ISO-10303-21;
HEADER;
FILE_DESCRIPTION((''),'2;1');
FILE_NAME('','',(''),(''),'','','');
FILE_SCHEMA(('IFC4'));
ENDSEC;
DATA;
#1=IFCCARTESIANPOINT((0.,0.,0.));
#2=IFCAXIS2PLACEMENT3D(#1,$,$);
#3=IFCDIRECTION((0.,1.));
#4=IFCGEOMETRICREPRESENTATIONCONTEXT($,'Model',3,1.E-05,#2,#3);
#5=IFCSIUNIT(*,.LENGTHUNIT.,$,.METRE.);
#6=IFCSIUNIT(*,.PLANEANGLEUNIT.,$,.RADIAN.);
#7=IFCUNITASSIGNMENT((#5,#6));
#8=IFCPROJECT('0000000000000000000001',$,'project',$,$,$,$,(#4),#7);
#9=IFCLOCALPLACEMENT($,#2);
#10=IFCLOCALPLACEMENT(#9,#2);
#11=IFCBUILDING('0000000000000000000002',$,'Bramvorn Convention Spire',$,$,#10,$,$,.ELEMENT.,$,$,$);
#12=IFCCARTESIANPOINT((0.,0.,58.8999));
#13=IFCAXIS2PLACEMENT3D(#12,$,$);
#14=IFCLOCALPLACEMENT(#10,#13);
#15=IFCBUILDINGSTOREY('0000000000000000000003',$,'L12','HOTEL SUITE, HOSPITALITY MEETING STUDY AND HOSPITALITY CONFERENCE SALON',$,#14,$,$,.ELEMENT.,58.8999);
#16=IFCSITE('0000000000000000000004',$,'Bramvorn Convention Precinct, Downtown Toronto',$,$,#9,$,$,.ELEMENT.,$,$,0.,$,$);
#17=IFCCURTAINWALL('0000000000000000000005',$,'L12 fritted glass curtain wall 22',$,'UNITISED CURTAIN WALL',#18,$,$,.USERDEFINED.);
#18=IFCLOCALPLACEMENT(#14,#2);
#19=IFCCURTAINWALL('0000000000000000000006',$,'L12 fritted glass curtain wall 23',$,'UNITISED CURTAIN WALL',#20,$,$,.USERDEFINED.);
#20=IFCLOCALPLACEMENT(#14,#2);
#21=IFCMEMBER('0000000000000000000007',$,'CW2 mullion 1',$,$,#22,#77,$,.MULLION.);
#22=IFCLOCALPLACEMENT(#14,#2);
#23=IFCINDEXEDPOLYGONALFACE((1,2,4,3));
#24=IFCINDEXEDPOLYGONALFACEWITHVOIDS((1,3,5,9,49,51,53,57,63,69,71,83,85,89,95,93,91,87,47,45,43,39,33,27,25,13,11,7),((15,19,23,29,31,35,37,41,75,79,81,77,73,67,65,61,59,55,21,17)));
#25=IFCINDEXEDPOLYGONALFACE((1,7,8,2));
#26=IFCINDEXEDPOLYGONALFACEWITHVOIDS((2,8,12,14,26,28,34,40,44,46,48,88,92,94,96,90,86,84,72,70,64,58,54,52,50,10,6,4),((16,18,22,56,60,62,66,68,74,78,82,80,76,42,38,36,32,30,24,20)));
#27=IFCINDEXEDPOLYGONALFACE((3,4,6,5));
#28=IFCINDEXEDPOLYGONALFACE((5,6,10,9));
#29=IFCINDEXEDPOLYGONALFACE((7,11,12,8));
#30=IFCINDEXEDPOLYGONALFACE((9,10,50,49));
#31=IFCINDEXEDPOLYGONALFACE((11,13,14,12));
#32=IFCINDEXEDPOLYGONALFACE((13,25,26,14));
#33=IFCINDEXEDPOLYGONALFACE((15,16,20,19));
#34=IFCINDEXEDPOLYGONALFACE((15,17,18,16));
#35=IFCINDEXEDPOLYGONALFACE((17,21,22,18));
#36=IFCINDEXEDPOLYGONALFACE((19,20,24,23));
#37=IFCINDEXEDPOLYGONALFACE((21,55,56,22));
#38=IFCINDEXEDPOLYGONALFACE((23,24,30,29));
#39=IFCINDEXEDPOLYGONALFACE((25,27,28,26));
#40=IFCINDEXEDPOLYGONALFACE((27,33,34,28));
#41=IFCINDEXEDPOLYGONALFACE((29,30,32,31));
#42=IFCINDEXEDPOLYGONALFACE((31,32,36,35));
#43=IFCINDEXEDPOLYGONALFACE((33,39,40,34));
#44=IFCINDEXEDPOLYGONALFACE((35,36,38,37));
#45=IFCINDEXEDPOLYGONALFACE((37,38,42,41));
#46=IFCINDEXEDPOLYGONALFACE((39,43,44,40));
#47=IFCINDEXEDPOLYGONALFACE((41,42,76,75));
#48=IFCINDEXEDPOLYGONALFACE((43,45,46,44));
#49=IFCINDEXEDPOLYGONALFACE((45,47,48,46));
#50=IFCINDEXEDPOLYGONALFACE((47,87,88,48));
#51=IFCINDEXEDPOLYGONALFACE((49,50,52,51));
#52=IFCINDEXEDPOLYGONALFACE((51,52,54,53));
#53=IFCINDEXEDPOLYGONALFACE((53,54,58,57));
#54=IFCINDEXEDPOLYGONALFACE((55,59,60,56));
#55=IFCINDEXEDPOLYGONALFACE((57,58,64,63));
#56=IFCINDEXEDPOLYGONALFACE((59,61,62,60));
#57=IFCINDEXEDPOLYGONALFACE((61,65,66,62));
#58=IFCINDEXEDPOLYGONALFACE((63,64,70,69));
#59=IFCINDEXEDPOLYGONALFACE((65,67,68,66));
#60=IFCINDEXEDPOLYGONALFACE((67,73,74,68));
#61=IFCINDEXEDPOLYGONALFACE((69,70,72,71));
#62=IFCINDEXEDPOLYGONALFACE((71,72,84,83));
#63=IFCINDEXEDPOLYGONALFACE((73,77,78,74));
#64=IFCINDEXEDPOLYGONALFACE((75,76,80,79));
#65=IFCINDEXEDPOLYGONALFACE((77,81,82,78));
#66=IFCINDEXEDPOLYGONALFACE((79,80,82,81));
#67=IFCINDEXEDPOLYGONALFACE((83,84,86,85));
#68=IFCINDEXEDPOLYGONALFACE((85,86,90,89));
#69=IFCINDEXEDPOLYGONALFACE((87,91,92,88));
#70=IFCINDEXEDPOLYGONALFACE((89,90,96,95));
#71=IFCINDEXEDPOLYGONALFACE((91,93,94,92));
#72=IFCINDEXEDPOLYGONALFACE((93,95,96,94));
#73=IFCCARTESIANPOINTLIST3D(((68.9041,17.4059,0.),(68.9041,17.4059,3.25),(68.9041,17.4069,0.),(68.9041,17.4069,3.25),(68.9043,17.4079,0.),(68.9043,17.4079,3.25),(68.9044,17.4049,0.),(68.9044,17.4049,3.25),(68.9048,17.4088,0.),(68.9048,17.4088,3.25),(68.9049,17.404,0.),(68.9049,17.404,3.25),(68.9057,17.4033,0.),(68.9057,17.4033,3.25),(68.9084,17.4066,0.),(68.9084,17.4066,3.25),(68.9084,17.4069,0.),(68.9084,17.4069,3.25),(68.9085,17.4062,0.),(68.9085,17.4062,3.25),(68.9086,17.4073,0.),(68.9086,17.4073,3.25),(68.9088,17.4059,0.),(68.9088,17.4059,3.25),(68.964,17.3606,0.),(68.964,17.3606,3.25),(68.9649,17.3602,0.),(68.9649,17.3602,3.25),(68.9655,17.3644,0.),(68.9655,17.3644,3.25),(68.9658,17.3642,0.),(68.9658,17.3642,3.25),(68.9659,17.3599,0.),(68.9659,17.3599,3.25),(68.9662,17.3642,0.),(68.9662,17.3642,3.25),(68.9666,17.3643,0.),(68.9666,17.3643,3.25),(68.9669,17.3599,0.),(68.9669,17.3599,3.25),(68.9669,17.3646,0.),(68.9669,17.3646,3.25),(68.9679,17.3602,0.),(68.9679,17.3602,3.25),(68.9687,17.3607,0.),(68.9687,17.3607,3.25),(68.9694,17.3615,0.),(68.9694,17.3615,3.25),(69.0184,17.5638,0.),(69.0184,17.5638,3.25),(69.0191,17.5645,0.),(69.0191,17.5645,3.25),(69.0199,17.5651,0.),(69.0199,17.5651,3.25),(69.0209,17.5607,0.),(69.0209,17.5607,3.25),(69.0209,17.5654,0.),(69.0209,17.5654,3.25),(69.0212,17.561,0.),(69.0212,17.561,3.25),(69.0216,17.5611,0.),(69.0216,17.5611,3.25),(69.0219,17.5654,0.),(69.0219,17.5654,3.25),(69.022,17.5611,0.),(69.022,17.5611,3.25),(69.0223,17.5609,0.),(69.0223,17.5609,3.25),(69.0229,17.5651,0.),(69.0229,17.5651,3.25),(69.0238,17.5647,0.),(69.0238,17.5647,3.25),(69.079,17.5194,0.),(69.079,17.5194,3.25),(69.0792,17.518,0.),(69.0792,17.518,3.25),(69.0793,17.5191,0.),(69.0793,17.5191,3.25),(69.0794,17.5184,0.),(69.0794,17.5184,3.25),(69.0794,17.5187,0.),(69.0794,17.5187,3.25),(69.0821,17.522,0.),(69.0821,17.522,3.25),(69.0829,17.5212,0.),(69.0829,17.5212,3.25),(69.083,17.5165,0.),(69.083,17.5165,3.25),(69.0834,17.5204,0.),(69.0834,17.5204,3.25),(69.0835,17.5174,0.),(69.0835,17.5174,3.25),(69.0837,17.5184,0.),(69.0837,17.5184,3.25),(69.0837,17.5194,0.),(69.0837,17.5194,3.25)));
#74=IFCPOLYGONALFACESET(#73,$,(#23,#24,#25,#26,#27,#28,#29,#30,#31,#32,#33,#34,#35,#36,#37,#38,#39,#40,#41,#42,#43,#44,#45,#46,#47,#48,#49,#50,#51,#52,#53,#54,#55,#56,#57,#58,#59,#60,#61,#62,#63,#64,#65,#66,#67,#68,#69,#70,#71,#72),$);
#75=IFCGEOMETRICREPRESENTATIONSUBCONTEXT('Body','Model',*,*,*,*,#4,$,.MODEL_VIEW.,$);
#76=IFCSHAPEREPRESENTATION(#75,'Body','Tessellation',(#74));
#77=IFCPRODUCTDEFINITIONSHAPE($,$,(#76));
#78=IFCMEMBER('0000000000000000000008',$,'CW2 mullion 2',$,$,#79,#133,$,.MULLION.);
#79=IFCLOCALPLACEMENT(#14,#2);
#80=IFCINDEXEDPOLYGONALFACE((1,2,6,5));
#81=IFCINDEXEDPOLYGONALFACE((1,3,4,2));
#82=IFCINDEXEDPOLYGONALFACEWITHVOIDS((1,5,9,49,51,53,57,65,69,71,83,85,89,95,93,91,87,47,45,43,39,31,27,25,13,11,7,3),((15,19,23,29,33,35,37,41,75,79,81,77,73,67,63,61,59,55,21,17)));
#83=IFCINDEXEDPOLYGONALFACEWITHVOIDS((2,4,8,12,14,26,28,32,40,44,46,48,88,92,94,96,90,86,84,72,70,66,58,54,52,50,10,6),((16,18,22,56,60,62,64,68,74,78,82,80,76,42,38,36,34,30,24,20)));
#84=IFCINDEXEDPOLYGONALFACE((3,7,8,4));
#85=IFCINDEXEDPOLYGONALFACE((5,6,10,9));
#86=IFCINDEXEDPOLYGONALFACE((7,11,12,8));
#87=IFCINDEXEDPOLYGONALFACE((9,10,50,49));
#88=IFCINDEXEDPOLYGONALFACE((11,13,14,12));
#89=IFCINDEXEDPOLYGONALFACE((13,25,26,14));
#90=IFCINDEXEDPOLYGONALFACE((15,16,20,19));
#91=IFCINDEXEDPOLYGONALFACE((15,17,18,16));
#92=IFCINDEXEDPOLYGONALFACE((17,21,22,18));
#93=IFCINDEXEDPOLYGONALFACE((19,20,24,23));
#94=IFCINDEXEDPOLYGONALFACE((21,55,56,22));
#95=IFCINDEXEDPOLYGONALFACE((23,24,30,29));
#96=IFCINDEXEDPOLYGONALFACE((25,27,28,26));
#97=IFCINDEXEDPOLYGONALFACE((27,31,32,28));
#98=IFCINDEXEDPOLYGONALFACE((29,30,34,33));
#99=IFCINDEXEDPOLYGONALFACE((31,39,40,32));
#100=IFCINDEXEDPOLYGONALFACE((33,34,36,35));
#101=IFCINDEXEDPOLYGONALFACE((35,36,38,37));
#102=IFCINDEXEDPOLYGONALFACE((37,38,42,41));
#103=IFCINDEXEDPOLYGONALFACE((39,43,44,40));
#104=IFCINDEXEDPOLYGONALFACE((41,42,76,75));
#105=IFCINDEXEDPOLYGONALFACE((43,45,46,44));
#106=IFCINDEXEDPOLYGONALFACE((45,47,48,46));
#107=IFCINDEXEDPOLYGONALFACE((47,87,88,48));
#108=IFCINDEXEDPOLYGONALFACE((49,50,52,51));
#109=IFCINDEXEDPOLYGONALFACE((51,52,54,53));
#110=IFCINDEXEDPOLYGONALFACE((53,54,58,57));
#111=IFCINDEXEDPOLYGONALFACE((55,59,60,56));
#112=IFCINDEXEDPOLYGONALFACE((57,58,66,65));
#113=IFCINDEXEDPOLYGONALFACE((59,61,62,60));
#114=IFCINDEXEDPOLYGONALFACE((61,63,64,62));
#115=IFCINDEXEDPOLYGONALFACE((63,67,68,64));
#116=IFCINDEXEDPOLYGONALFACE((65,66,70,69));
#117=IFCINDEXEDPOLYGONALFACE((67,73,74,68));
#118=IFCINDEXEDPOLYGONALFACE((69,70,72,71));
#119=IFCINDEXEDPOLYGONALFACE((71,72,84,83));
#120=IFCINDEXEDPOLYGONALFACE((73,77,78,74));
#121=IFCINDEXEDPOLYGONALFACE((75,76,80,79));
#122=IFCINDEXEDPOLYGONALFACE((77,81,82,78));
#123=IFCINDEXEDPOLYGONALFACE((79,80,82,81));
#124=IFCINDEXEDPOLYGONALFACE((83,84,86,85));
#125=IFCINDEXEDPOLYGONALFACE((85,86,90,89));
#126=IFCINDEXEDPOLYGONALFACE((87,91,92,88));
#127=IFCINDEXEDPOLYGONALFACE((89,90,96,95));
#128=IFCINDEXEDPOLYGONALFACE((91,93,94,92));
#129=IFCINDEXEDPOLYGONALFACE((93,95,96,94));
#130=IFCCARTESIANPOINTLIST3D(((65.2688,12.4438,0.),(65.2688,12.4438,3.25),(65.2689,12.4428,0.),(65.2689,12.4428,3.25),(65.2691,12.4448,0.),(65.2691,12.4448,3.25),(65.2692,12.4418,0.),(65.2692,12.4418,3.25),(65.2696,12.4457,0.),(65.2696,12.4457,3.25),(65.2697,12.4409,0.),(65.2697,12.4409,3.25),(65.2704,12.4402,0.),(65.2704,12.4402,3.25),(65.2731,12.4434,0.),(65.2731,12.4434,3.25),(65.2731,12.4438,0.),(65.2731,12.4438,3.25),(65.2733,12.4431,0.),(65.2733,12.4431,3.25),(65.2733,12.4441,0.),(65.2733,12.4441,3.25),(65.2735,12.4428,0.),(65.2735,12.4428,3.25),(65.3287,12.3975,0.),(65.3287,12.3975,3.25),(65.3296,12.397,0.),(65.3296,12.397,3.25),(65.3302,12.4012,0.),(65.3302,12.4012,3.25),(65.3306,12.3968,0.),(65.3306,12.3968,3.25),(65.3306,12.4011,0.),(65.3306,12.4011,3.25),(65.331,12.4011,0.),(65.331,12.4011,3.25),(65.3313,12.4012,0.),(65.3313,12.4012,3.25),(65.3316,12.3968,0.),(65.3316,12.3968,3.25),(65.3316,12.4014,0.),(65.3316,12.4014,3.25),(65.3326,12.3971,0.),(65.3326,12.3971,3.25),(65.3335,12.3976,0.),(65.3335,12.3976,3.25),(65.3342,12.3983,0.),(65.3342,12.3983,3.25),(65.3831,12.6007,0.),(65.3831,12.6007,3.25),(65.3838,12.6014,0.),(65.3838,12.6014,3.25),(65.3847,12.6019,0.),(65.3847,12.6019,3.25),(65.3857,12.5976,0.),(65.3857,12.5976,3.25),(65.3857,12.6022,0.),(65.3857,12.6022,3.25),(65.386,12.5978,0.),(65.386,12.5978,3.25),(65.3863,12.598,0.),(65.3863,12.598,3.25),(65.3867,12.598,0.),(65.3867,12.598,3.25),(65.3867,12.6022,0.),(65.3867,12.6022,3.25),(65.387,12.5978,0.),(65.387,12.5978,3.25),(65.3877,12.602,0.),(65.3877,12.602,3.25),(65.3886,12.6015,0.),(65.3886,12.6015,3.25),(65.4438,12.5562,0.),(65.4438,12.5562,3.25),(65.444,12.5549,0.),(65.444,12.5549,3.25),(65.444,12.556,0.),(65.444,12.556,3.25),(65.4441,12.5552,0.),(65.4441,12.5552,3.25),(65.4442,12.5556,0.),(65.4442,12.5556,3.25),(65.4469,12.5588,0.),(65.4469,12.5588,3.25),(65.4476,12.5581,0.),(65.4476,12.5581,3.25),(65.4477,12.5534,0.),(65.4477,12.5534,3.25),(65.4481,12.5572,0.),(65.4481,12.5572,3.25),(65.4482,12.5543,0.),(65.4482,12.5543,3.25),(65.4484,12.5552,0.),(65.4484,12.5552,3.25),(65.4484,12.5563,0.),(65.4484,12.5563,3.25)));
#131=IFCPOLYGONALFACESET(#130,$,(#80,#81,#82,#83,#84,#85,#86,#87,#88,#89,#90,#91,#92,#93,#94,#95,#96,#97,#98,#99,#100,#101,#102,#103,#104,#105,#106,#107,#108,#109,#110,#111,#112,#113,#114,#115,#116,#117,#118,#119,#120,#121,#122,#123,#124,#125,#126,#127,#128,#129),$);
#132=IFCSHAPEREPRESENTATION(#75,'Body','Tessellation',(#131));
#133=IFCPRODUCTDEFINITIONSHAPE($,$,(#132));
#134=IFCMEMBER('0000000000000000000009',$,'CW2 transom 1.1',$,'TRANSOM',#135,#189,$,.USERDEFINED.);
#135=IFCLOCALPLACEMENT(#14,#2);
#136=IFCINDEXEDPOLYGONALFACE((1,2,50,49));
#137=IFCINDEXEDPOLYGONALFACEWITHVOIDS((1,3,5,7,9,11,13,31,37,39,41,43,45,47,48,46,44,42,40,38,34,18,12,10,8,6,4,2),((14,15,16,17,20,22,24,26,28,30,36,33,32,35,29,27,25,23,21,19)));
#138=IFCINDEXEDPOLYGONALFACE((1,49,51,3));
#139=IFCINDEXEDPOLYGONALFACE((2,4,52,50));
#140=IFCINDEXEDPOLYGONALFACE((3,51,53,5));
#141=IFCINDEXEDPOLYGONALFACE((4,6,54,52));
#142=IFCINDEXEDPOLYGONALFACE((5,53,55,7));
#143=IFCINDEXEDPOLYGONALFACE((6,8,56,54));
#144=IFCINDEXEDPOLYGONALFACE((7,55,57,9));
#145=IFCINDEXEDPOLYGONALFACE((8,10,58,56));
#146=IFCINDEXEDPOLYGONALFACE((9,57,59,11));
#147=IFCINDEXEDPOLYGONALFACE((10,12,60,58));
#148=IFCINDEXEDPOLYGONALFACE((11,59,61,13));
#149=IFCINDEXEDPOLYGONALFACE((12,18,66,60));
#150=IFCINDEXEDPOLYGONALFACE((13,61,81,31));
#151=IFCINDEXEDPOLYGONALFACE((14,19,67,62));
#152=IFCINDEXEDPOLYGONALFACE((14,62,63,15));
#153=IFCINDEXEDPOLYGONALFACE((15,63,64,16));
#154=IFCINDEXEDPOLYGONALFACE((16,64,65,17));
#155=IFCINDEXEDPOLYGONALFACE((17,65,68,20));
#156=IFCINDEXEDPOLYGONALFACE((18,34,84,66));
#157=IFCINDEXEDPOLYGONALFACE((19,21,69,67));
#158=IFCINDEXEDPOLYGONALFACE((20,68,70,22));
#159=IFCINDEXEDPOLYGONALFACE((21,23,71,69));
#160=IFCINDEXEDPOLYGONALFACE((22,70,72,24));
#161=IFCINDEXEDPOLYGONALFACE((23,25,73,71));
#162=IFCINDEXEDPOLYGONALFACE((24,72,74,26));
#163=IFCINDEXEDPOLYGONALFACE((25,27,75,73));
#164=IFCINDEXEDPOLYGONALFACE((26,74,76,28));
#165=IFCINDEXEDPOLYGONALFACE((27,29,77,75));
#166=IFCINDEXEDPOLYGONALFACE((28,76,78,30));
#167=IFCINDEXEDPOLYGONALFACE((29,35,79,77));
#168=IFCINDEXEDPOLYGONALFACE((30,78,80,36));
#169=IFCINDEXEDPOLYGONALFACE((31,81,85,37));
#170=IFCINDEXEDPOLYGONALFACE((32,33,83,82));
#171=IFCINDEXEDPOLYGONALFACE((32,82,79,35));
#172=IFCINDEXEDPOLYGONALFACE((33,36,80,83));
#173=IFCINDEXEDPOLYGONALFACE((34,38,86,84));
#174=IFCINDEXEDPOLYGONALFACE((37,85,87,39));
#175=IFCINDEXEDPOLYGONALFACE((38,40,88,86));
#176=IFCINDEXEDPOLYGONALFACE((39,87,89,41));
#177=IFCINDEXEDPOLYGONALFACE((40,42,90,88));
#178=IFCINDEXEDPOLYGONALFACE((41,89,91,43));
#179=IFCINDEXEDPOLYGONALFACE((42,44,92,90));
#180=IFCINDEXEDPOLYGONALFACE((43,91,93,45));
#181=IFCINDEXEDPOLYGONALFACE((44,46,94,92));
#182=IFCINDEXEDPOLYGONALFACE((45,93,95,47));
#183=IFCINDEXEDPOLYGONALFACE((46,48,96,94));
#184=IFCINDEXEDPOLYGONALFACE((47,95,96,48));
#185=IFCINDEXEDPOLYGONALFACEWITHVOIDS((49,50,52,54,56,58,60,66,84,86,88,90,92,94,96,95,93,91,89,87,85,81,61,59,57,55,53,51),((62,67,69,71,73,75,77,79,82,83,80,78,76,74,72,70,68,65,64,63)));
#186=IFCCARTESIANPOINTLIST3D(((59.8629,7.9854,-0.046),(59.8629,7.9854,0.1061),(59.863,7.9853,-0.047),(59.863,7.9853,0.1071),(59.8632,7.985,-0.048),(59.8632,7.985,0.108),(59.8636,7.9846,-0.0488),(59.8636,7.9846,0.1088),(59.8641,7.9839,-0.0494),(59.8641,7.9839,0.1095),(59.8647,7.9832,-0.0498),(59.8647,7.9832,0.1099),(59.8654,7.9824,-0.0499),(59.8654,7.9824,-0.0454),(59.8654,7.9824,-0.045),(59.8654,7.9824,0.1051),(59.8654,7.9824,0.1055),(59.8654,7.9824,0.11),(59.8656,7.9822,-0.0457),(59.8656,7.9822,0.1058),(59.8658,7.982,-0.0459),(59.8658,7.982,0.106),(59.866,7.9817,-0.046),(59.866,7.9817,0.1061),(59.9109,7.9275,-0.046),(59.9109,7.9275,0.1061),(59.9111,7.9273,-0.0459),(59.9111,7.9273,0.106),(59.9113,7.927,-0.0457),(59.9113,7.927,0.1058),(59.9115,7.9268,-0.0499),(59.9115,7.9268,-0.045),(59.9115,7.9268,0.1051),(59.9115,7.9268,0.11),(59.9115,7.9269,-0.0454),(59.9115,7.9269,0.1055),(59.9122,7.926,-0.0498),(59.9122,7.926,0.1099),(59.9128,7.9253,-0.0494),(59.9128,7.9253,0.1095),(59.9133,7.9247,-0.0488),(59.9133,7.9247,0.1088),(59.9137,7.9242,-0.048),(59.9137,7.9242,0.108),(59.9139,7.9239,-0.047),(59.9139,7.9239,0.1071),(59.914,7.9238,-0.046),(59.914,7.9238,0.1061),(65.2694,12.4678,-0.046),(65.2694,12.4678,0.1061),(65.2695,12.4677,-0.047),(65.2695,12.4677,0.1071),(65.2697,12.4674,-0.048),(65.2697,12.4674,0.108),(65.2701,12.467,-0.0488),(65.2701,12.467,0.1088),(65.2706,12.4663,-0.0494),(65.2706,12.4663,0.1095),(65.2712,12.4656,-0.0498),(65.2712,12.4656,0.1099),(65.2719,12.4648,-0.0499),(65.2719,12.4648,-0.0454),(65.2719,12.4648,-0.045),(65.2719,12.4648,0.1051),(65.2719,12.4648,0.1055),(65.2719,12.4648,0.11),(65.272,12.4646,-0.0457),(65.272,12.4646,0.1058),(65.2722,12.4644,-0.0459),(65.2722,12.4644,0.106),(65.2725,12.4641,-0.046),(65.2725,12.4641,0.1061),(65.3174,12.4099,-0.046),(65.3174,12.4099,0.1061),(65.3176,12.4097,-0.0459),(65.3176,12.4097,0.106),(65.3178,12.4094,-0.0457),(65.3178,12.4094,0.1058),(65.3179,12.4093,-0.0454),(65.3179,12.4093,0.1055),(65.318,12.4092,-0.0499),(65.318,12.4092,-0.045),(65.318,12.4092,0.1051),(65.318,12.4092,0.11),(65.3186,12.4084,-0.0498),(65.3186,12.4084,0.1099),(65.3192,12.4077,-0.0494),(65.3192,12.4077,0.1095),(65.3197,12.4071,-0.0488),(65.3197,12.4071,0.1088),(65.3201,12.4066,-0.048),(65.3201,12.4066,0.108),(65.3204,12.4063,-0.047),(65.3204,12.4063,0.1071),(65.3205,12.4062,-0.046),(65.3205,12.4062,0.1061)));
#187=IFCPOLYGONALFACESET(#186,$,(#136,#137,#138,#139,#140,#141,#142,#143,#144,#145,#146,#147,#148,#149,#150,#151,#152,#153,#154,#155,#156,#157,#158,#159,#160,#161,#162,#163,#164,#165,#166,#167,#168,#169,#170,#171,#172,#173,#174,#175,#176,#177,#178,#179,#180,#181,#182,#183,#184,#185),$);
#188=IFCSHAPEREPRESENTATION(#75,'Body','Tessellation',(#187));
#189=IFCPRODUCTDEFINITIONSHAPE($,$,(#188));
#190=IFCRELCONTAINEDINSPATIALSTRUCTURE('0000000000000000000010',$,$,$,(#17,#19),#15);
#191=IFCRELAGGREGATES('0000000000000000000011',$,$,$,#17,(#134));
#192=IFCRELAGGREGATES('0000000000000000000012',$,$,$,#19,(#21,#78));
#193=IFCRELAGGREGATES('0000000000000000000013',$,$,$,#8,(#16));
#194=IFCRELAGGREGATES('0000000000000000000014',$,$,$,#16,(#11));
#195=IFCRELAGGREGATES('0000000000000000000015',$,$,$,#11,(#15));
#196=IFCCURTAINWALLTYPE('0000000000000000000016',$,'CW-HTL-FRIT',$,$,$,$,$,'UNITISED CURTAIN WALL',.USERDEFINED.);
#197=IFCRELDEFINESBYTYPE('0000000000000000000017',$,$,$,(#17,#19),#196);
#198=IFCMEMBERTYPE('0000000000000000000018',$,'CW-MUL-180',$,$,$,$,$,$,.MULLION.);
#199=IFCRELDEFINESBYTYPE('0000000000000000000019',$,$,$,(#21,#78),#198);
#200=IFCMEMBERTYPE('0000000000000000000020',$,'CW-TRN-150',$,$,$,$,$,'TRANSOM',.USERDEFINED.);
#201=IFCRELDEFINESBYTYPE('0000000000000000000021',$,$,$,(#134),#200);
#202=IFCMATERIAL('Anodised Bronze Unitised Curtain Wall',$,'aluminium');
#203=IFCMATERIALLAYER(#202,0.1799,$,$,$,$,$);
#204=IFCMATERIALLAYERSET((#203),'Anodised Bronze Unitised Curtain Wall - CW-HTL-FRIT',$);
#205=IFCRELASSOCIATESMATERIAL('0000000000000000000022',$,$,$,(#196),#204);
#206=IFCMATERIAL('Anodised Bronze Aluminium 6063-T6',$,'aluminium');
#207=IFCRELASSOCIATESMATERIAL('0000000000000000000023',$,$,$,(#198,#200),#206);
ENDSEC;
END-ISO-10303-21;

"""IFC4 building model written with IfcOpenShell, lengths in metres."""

from ifc_helpers import new_model, si_unit, direction, frame, origin, origin_2d, place, context, subcontext, project, spatial, hollow_rectangle, extrude, material, layer, layer_set, material_profile, profile_set, type_object, element, aggregate, save


model = new_model("IFC4")

# Units and contexts
model_context = context("Model", 3, precision=1e-05, world=origin(), true_north=direction((0.0, 1.0)))
body_context = subcontext(model_context, "Body", "Model", "MODEL_VIEW")
ifc_project = project(units=[si_unit("LENGTHUNIT", "METRE"), si_unit("PLANEANGLEUNIT", "RADIAN")], contexts=[model_context])

# Site, building, storey
site_placement = place(None, origin())
site = spatial("IfcSite", under=ifc_project, at=site_placement, Name="Bramvorn Convention Precinct, Downtown Toronto", CompositionType="ELEMENT", RefElevation=0.0)
building_placement = place(site_placement, origin())
building = spatial("IfcBuilding", under=site, at=building_placement, Name="Bramvorn Convention Spire", CompositionType="ELEMENT")
storey_placement = place(building_placement, frame((0.0, 0.0, 58.8999)))
storey = spatial("IfcBuildingStorey", under=building, at=storey_placement, Name="L12", Description="HOTEL SUITE, HOSPITALITY MEETING STUDY AND HOSPITALITY CONFERENCE SALON", CompositionType="ELEMENT", Elevation=58.8999)

# Curtain walls, members
ifc_material_1 = material(Name="Anodised Bronze Unitised Curtain Wall", Category="aluminium")
ifc_layer_1 = layer(ifc_material_1, 0.1799)
ifc_layer_set_1 = layer_set([ifc_layer_1], Name="Anodised Bronze Unitised Curtain Wall - CW-HTL-FRIT")
curtain_wall_type = type_object("IfcCurtainWallType", Name="CW-HTL-FRIT", ElementType="UNITISED CURTAIN WALL", PredefinedType="USERDEFINED", material=ifc_layer_set_1)
curtain_wall_1_placement = place(storey_placement, origin())
curtain_wall_1 = element("IfcCurtainWall", 1, at=curtain_wall_1_placement, inside=storey, type_object=curtain_wall_type, Name="L12 fritted glass curtain wall 22", ObjectType="UNITISED CURTAIN WALL", PredefinedType="USERDEFINED")
ifc_material_2 = material(Name="Anodised Bronze Aluminium 6063-T6", Category="aluminium")
ifc_material_profile_1 = material_profile(ifc_material_2, hollow_rectangle(XDim=0.0801, YDim=0.2, WallThickness=0.0039, InnerFilletRadius=0.001, OuterFilletRadius=0.0039, at=origin_2d()))
ifc_profile_set_1 = profile_set([ifc_material_profile_1], Name="Anodised Bronze Aluminium 6063-T6 - CWM80X200")
member_type_1 = type_object("IfcMemberType", Name="CW-MUL-180", PredefinedType="MULLION", material=ifc_profile_set_1)
curtain_wall_2_placement = place(storey_placement, origin())
curtain_wall_2 = element("IfcCurtainWall", 2, at=curtain_wall_2_placement, inside=storey, type_object=curtain_wall_type, Name="L12 fritted glass curtain wall 23", ObjectType="UNITISED CURTAIN WALL", PredefinedType="USERDEFINED")
member_1_placement = place(storey_placement, frame((68.9939, 17.4626, 0.0), z_axis=(0.0, 0.0, 1.0), x_axis=(0.806748, -0.590895, 0.0)))
member_1 = element("IfcMember", 3, at=member_1_placement, type_object=member_type_1, Name="CW2 mullion 1", PredefinedType="MULLION", context=body_context, shape_type="SweptSolid", body=[
    extrude(hollow_rectangle(XDim=0.0801, YDim=0.2, WallThickness=0.0039, InnerFilletRadius=0.001, OuterFilletRadius=0.0039, at=origin_2d()), origin(), (0.0, 0.0, 1.0), 3.25),
])
member_2_placement = place(storey_placement, frame((65.3586, 12.4995, 0.0), z_axis=(0.0, 0.0, 1.0), x_axis=(0.806748, -0.590895, 0.0)))
member_2 = element("IfcMember", 4, at=member_2_placement, type_object=member_type_1, Name="CW2 mullion 2", PredefinedType="MULLION", context=body_context, shape_type="SweptSolid", body=[
    extrude(hollow_rectangle(XDim=0.0801, YDim=0.2, WallThickness=0.0039, InnerFilletRadius=0.001, OuterFilletRadius=0.0039, at=origin_2d()), origin(), (0.0, 0.0, 1.0), 3.25),
])

# Member
ifc_material_profile_2 = material_profile(ifc_material_2, hollow_rectangle(XDim=0.0801, YDim=0.1599, WallThickness=0.0039, InnerFilletRadius=0.001, OuterFilletRadius=0.0039, at=origin_2d()))
ifc_profile_set_2 = profile_set([ifc_material_profile_2], Name="Anodised Bronze Aluminium 6063-T6 - CWT80X160")
member_type_2 = type_object("IfcMemberType", Name="CW-TRN-150", ElementType="TRANSOM", PredefinedType="USERDEFINED", material=ifc_profile_set_2)
member_3_placement = place(storey_placement, frame((65.2949, 12.437, 0.03), z_axis=(-0.769829, -0.63825, 0.0), x_axis=(0.63825, -0.769829, 0.0)))
member_3 = element("IfcMember", 5, at=member_3_placement, type_object=member_type_2, Name="CW2 transom 1.1", ObjectType="TRANSOM", PredefinedType="USERDEFINED", context=body_context, shape_type="SweptSolid", body=[
    extrude(hollow_rectangle(XDim=0.0801, YDim=0.1599, WallThickness=0.0039, InnerFilletRadius=0.001, OuterFilletRadius=0.0039, at=origin_2d()), origin(), (0.0, 0.0, 1.0), 7.0229),
])

aggregate(curtain_wall_1, [member_3])
aggregate(curtain_wall_2, [member_1, member_2])

save(model, "model.ifc")
